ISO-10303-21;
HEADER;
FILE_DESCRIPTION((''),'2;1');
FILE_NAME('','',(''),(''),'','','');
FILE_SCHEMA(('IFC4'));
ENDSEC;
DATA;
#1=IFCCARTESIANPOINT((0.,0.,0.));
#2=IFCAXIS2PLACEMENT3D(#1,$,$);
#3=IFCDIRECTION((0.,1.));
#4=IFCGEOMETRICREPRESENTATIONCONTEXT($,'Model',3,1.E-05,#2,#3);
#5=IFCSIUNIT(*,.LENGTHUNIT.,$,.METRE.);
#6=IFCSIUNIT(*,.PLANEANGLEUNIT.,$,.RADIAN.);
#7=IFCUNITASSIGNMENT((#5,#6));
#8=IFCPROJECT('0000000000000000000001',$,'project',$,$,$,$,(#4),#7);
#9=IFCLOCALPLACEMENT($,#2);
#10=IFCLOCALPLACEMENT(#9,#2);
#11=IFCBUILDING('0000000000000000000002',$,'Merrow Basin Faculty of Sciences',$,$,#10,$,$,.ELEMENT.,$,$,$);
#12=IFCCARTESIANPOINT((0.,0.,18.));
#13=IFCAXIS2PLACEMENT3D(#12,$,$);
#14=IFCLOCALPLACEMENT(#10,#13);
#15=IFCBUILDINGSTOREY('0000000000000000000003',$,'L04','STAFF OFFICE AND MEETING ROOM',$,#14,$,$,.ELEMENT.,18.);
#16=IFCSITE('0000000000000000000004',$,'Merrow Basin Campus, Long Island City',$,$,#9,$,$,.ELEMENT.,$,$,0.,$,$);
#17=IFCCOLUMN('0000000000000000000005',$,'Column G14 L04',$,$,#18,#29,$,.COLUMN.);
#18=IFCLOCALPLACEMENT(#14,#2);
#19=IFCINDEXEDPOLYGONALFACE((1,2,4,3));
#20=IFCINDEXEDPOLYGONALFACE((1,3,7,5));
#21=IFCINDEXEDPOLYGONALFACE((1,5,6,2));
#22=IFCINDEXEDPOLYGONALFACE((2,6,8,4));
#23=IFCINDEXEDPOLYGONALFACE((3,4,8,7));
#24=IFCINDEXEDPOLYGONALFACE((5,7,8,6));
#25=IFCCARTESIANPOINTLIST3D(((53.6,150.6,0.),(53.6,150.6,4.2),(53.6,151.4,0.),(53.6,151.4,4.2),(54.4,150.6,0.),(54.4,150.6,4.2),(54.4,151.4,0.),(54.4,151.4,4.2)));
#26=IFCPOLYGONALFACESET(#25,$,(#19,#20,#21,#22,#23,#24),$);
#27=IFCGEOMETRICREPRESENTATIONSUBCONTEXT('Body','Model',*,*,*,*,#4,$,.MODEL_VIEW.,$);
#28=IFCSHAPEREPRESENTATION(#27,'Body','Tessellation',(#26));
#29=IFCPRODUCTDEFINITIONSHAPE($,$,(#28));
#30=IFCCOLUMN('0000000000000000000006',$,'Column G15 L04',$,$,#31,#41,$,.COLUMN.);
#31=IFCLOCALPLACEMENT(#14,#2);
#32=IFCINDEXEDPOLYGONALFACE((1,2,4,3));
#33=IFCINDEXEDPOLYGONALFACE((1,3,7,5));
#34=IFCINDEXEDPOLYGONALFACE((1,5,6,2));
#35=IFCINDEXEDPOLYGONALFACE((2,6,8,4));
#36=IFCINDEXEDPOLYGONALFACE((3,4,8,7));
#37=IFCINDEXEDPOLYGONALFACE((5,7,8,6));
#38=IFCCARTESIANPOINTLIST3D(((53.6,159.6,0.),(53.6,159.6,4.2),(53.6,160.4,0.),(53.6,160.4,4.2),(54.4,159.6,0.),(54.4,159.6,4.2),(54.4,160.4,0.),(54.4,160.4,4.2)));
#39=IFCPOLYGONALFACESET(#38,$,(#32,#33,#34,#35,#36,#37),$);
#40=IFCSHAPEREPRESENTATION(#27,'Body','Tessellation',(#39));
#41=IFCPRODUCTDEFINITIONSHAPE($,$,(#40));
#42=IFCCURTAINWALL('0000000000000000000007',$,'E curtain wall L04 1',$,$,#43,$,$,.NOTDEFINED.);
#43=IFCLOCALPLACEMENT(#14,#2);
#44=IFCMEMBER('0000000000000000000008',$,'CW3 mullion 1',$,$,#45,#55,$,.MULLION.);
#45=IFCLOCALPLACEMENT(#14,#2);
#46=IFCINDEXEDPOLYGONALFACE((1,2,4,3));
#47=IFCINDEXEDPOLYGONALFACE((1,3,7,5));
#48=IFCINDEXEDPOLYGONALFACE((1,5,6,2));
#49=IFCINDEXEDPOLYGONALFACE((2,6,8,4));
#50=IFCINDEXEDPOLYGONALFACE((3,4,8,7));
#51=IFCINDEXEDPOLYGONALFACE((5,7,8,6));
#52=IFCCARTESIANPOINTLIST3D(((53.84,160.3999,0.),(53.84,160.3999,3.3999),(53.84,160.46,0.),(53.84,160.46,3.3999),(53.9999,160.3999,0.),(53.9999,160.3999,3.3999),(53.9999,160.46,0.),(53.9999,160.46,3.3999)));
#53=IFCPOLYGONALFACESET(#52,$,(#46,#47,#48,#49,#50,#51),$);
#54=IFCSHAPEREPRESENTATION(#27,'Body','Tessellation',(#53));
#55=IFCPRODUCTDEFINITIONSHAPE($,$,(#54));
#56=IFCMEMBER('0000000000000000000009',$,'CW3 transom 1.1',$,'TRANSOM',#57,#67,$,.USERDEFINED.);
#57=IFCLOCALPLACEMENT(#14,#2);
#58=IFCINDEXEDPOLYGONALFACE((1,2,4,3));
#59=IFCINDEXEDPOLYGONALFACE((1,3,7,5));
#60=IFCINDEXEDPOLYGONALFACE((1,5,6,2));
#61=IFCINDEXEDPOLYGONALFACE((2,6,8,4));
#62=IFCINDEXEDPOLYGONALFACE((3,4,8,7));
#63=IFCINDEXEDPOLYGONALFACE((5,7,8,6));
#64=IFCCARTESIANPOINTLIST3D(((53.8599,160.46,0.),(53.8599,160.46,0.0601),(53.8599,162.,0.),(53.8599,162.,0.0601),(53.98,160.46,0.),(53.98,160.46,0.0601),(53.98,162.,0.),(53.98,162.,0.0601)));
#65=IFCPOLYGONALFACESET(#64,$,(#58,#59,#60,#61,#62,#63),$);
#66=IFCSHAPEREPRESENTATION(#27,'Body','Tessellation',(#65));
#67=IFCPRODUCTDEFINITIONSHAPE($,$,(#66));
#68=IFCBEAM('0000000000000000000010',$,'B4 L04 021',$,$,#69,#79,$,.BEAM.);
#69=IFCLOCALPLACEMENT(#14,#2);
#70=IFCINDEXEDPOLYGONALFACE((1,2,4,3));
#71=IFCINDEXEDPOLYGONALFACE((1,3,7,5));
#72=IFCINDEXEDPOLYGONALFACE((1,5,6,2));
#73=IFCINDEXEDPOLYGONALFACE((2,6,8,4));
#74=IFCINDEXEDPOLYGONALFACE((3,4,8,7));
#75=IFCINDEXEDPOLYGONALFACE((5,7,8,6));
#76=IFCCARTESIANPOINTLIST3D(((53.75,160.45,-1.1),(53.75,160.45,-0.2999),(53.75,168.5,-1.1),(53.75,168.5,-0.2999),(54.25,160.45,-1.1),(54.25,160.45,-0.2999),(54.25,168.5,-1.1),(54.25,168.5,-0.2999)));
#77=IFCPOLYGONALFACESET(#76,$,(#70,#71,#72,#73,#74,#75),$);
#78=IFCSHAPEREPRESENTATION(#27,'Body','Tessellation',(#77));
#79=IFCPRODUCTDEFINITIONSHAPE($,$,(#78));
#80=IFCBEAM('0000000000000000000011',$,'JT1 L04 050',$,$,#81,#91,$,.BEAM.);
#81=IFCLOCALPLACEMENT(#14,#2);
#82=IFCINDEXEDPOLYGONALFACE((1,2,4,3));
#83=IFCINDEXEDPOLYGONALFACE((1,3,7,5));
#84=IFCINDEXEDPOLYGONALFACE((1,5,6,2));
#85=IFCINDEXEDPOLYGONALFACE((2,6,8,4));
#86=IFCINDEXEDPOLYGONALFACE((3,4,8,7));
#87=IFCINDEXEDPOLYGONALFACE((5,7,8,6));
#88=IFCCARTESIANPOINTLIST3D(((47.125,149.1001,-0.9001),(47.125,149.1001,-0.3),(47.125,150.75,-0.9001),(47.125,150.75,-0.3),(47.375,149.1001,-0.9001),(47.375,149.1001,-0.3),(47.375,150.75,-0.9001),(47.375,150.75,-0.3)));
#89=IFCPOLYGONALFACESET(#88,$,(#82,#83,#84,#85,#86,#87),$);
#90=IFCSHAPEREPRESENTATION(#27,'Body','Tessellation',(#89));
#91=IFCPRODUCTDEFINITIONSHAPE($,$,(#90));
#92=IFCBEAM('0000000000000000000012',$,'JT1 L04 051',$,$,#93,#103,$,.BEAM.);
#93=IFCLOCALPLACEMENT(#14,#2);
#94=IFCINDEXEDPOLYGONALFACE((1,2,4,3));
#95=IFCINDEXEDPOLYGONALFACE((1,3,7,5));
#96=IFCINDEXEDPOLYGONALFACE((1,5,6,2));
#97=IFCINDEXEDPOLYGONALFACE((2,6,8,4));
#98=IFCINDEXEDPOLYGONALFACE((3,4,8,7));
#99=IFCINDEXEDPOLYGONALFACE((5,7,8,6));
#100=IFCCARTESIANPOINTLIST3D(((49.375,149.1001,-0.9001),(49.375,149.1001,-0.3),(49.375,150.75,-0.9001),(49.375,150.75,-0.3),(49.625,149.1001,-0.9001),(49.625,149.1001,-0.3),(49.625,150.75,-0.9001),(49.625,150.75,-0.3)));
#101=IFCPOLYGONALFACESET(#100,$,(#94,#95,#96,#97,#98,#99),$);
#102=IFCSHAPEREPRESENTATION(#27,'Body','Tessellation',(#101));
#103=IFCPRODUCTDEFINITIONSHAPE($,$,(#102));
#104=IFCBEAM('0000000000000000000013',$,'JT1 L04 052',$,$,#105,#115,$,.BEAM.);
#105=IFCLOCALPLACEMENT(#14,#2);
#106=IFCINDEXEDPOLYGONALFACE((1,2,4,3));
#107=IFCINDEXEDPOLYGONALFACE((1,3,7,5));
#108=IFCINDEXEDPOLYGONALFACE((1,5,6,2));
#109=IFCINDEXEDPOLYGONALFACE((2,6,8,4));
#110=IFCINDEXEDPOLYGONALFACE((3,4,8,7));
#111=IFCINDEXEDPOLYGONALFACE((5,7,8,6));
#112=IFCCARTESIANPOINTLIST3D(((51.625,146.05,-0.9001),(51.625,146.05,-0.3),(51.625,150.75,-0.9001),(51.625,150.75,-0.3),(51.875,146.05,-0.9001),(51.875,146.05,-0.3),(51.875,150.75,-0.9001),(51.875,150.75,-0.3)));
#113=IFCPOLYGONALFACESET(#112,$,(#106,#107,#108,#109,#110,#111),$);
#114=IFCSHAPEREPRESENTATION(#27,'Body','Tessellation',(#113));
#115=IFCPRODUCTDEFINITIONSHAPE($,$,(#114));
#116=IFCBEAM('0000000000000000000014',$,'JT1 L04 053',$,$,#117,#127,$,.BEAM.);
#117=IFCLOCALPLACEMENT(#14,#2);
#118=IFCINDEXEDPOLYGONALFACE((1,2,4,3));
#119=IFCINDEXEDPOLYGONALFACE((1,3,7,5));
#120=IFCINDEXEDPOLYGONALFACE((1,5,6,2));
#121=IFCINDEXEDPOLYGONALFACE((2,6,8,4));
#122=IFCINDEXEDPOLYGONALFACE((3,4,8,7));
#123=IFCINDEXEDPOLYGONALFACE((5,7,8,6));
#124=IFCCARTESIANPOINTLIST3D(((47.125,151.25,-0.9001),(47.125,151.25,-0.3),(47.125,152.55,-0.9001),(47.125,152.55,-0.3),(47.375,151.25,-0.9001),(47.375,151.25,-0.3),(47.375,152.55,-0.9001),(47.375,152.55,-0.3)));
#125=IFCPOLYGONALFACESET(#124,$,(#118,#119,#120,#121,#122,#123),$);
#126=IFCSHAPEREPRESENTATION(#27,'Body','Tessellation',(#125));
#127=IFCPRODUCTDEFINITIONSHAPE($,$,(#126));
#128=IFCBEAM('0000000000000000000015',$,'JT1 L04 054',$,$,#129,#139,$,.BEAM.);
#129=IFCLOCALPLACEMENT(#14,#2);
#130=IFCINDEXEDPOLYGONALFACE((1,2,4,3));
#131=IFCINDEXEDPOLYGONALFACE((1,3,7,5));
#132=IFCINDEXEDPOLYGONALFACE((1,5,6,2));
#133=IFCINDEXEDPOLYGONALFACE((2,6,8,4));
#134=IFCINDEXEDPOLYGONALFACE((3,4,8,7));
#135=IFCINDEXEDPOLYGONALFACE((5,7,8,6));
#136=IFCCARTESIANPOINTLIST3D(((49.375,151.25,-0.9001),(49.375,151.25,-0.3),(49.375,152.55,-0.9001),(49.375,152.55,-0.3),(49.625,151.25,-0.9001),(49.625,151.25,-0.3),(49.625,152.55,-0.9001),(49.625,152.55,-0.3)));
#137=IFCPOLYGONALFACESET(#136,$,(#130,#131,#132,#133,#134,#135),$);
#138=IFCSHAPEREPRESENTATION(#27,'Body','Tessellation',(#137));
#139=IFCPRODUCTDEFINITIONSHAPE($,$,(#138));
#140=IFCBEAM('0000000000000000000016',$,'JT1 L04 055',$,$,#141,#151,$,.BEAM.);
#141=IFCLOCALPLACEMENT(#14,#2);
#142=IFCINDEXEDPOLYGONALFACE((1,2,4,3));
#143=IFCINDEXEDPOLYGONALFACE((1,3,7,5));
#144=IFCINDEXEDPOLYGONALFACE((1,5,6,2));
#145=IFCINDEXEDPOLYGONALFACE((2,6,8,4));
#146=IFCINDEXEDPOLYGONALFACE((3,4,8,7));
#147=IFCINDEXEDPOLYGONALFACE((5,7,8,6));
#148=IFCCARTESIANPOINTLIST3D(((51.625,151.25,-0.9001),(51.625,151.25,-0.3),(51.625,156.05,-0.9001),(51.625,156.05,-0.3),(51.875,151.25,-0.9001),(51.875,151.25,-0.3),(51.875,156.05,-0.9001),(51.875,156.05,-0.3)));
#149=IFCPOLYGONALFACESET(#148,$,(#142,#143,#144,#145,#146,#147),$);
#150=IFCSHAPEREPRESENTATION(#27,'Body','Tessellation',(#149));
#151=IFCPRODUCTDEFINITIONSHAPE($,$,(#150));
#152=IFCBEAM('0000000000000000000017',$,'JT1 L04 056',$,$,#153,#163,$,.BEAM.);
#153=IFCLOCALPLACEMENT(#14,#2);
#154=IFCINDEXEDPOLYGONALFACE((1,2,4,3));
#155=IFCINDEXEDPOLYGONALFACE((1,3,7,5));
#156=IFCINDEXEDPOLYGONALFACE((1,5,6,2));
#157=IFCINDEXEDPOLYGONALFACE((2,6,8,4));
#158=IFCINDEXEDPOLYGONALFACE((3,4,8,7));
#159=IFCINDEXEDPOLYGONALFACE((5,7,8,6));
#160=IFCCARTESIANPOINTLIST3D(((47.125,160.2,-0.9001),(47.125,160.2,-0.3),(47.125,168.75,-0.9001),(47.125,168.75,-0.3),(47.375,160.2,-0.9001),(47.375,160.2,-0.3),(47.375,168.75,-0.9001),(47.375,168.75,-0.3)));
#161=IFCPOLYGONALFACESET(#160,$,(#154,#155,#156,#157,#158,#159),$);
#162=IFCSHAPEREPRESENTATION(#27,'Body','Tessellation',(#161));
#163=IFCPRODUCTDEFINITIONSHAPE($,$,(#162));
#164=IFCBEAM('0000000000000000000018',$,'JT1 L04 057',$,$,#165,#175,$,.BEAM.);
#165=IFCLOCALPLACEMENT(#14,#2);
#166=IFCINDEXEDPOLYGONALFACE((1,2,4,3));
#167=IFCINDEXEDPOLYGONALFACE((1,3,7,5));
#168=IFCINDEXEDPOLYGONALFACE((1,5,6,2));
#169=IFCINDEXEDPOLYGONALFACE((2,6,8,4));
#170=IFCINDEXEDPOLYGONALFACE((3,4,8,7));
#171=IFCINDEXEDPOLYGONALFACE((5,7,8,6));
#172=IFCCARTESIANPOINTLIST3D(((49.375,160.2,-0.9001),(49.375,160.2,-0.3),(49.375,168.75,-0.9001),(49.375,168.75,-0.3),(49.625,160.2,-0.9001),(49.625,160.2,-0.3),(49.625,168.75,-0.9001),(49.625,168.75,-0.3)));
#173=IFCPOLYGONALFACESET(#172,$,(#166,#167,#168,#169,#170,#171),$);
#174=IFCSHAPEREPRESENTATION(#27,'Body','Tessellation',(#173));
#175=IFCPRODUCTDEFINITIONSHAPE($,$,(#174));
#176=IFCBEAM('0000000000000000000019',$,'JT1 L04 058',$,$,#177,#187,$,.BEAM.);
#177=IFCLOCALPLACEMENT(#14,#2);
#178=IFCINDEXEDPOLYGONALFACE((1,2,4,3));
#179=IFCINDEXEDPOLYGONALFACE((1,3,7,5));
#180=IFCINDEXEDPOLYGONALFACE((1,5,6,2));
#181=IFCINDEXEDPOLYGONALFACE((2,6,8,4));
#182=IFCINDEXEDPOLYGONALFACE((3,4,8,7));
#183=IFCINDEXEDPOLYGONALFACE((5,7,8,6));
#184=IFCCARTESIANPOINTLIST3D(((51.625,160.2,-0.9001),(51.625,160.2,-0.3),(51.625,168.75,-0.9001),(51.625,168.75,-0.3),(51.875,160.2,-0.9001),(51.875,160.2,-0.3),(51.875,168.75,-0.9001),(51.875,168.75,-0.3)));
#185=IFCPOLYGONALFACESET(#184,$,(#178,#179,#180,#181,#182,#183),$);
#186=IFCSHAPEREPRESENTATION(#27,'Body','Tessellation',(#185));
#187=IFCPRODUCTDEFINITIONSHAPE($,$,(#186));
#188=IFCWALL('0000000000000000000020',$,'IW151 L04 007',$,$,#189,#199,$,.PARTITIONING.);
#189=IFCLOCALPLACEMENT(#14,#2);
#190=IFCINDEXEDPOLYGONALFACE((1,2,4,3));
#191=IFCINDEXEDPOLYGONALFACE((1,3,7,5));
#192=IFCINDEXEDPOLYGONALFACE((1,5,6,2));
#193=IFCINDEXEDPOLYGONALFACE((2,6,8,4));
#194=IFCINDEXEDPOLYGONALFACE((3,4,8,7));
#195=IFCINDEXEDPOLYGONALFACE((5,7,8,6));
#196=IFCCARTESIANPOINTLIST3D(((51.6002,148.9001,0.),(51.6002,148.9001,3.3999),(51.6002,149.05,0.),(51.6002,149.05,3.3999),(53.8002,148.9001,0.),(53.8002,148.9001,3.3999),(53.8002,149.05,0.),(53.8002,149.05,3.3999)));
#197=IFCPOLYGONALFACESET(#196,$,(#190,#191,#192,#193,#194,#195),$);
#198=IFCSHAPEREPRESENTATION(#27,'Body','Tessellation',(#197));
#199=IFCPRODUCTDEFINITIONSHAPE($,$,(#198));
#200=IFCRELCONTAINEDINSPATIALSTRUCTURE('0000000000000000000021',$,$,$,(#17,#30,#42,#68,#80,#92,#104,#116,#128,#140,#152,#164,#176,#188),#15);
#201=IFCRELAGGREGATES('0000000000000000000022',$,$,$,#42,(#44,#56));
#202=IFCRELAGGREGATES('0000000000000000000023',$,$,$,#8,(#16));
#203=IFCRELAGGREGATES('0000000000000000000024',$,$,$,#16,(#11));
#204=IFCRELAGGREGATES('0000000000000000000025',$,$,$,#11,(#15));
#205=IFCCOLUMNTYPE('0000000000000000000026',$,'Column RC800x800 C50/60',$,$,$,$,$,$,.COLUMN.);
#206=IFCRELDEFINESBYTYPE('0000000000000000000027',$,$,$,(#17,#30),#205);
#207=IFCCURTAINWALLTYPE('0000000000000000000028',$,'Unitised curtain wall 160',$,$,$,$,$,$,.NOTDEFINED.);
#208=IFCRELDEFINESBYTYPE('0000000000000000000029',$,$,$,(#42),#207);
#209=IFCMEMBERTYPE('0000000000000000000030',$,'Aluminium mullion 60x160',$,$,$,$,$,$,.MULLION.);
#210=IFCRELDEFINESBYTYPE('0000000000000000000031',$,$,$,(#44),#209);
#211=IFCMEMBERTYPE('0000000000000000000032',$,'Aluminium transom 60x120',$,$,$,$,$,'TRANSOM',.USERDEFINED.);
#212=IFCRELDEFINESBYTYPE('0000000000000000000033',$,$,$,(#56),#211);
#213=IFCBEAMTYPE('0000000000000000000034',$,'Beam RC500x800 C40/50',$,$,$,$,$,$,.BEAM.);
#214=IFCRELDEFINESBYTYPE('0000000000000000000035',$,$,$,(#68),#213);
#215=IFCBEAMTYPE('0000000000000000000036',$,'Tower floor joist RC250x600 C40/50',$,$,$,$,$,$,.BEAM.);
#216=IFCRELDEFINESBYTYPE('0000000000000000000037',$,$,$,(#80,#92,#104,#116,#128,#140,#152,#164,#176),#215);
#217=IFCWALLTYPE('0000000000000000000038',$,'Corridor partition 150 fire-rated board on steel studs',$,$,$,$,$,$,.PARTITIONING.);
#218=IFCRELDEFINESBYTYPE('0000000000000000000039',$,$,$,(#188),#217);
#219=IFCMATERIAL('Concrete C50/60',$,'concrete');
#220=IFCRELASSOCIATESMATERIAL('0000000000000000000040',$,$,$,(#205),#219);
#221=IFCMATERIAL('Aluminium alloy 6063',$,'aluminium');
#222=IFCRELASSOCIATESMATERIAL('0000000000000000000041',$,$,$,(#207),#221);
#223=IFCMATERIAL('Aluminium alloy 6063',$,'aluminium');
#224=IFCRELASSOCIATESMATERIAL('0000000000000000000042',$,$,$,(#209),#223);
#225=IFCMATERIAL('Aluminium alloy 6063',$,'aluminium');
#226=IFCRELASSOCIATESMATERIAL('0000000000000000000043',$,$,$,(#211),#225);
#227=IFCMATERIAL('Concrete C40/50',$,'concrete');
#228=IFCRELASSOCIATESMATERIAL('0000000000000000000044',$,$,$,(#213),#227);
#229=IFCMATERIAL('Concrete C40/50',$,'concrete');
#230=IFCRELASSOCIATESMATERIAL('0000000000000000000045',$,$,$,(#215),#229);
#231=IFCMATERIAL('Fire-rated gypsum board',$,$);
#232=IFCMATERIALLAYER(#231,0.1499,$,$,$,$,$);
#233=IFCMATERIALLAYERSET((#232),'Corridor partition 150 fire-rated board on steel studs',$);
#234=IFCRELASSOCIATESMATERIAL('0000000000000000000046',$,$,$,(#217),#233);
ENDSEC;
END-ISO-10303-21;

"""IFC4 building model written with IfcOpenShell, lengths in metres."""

from ifc_helpers import new_model, si_unit, direction, frame, frame_2d, origin, origin_2d, place, context, subcontext, project, spatial, rectangle, extrude, material, layer, layer_set, material_profile, profile_set, type_object, element, aggregate, save


model = new_model("IFC4")

# Units and contexts
model_context = context("Model", 3, precision=1e-05, world=origin(), true_north=direction((0.0, 1.0)))
body_context = subcontext(model_context, "Body", "Model", "MODEL_VIEW")
ifc_project = project(units=[si_unit("LENGTHUNIT", "METRE"), si_unit("PLANEANGLEUNIT", "RADIAN")], contexts=[model_context])

# Site, building, storey
site_placement = place(None, origin())
site = spatial("IfcSite", under=ifc_project, at=site_placement, Name="Merrow Basin Campus, Long Island City", CompositionType="ELEMENT", RefElevation=0.0)
building_placement = place(site_placement, origin())
building = spatial("IfcBuilding", under=site, at=building_placement, Name="Merrow Basin Faculty of Sciences", CompositionType="ELEMENT")
storey_placement = place(building_placement, frame((0.0, 0.0, 18.0)))
storey = spatial("IfcBuildingStorey", under=building, at=storey_placement, Name="L04", Description="STAFF OFFICE AND MEETING ROOM", CompositionType="ELEMENT", Elevation=18.0)

# Columns
ifc_material_1 = material(Name="Concrete C50/60", Category="concrete")
ifc_material_profile_1 = material_profile(ifc_material_1, rectangle(XDim=0.8, YDim=0.8, at=origin_2d()))
ifc_profile_set_1 = profile_set([ifc_material_profile_1], Name="Concrete C50/60")
column_type = type_object("IfcColumnType", Name="Column RC800x800 C50/60", PredefinedType="COLUMN", material=ifc_profile_set_1)
for number, where, z_axis, x_axis, name in (
    (1, (54.0, 151.0, 0.0), (0.0, 0.0, 1.0), (1.0, 0.0, 0.0), "Column G14 L04"),
    (2, (54.0, 160.0, 0.0), (0.0, 0.0, 1.0), (1.0, 0.0, 0.0), "Column G15 L04"),
):
    element("IfcColumn", number, at=place(storey_placement, frame(where, z_axis=z_axis, x_axis=x_axis)), inside=storey, type_object=column_type, Name=name, PredefinedType="COLUMN", context=body_context, shape_type="SweptSolid", body=[
        extrude(rectangle(XDim=0.8, YDim=0.8, at=origin_2d()), origin(), (0.0, 0.0, 1.0), 4.2),
    ])

# Curtain wall, members
ifc_material_2 = material(Name="Aluminium alloy 6063", Category="aluminium")
curtain_wall_type = type_object("IfcCurtainWallType", Name="Unitised curtain wall 160", PredefinedType="NOTDEFINED", material=ifc_material_2)
curtain_wall_placement = place(storey_placement, origin())
curtain_wall = element("IfcCurtainWall", 3, at=curtain_wall_placement, inside=storey, type_object=curtain_wall_type, Name="E curtain wall L04 1", PredefinedType="NOTDEFINED")
ifc_material_3 = material(Name="Aluminium alloy 6063", Category="aluminium")
ifc_material_profile_2 = material_profile(ifc_material_3, rectangle(XDim=0.1599, YDim=0.0601, at=origin_2d()))
ifc_profile_set_2 = profile_set([ifc_material_profile_2], Name="Aluminium alloy 6063")
member_type_1 = type_object("IfcMemberType", Name="Aluminium mullion 60x160", PredefinedType="MULLION", material=ifc_profile_set_2)
member_1_placement = place(storey_placement, frame((53.9199, 160.4299, 0.0), z_axis=(0.0, 0.0, 1.0), x_axis=(-1.0, 0.0, 0.0)))
member_1 = element("IfcMember", 4, at=member_1_placement, type_object=member_type_1, Name="CW3 mullion 1", PredefinedType="MULLION", context=body_context, shape_type="SweptSolid", body=[
    extrude(rectangle(XDim=0.1599, YDim=0.0601, at=origin_2d()), origin(), (0.0, 0.0, 1.0), 3.3999),
])
ifc_material_4 = material(Name="Aluminium alloy 6063", Category="aluminium")
ifc_material_profile_3 = material_profile(ifc_material_4, rectangle(XDim=0.1201, YDim=0.0601, at=origin_2d()))
ifc_profile_set_3 = profile_set([ifc_material_profile_3], Name="Aluminium alloy 6063")
member_type_2 = type_object("IfcMemberType", Name="Aluminium transom 60x120", ElementType="TRANSOM", PredefinedType="USERDEFINED", material=ifc_profile_set_3)
member_2_placement = place(storey_placement, frame((53.9199, 160.46, 0.03), z_axis=(0.0, 1.0, 0.0), x_axis=(-1.0, 0.0, 0.0)))
member_2 = element("IfcMember", 5, at=member_2_placement, type_object=member_type_2, Name="CW3 transom 1.1", ObjectType="TRANSOM", PredefinedType="USERDEFINED", context=body_context, shape_type="SweptSolid", body=[
    extrude(rectangle(XDim=0.1201, YDim=0.0601, at=origin_2d()), origin(), (0.0, 0.0, 1.0), 1.54),
])
aggregate(curtain_wall, [member_1, member_2])

# Beams
ifc_material_5 = material(Name="Concrete C40/50", Category="concrete")
ifc_material_profile_4 = material_profile(ifc_material_5, rectangle(XDim=0.5, YDim=0.8, at=origin_2d()))
ifc_profile_set_4 = profile_set([ifc_material_profile_4], Name="Concrete C40/50")
beam_type_1 = type_object("IfcBeamType", Name="Beam RC500x800 C40/50", PredefinedType="BEAM", material=ifc_profile_set_4)
beam_1_placement = place(storey_placement, frame((54.0, 160.45, -0.7), z_axis=(0.0, 1.0, 0.0), x_axis=(-1.0, 0.0, 0.0)))
element("IfcBeam", 6, at=beam_1_placement, inside=storey, type_object=beam_type_1, Name="B4 L04 021", PredefinedType="BEAM", context=body_context, shape_type="SweptSolid", body=[
    extrude(rectangle(XDim=0.5, YDim=0.8, at=origin_2d()), origin(), (0.0, 0.0, 1.0), 8.05),
])
ifc_material_6 = material(Name="Concrete C40/50", Category="concrete")
ifc_material_profile_5 = material_profile(ifc_material_6, rectangle(XDim=0.25, YDim=0.6001, at=origin_2d()))
ifc_profile_set_5 = profile_set([ifc_material_profile_5], Name="Concrete C40/50")
beam_type_2 = type_object("IfcBeamType", Name="Tower floor joist RC250x600 C40/50", PredefinedType="BEAM", material=ifc_profile_set_5)
for number, where, z_axis, x_axis, name in (
    (7, (47.25, 149.1001, -0.6001), (0.0, 1.0, 0.0), (-1.0, 0.0, 0.0), "JT1 L04 050"),
    (8, (49.5, 149.1001, -0.6001), (0.0, 1.0, 0.0), (-1.0, 0.0, 0.0), "JT1 L04 051"),
):
    element("IfcBeam", number, at=place(storey_placement, frame(where, z_axis=z_axis, x_axis=x_axis)), inside=storey, type_object=beam_type_2, Name=name, PredefinedType="BEAM", context=body_context, shape_type="SweptSolid", body=[
        extrude(rectangle(XDim=0.25, YDim=0.6001, at=origin_2d()), origin(), (0.0, 0.0, 1.0), 1.6499),
    ])
beam_2_placement = place(storey_placement, frame((51.75, 146.05, -0.6001), z_axis=(0.0, 1.0, 0.0), x_axis=(-1.0, 0.0, 0.0)))
element("IfcBeam", 9, at=beam_2_placement, inside=storey, type_object=beam_type_2, Name="JT1 L04 052", PredefinedType="BEAM", context=body_context, shape_type="SweptSolid", body=[
    extrude(rectangle(XDim=0.25, YDim=0.6001, at=origin_2d()), origin(), (0.0, 0.0, 1.0), 4.7),
])
for number, where, z_axis, x_axis, name in (
    (10, (47.25, 151.25, -0.6001), (0.0, 1.0, 0.0), (-1.0, 0.0, 0.0), "JT1 L04 053"),
    (11, (49.5, 151.25, -0.6001), (0.0, 1.0, 0.0), (-1.0, 0.0, 0.0), "JT1 L04 054"),
):
    element("IfcBeam", number, at=place(storey_placement, frame(where, z_axis=z_axis, x_axis=x_axis)), inside=storey, type_object=beam_type_2, Name=name, PredefinedType="BEAM", context=body_context, shape_type="SweptSolid", body=[
        extrude(rectangle(XDim=0.25, YDim=0.6001, at=origin_2d()), origin(), (0.0, 0.0, 1.0), 1.3),
    ])
beam_3_placement = place(storey_placement, frame((51.75, 151.25, -0.6001), z_axis=(0.0, 1.0, 0.0), x_axis=(-1.0, 0.0, 0.0)))
element("IfcBeam", 12, at=beam_3_placement, inside=storey, type_object=beam_type_2, Name="JT1 L04 055", PredefinedType="BEAM", context=body_context, shape_type="SweptSolid", body=[
    extrude(rectangle(XDim=0.25, YDim=0.6001, at=origin_2d()), origin(), (0.0, 0.0, 1.0), 4.8),
])
for number, where, z_axis, x_axis, name in (
    (13, (47.25, 160.2, -0.6001), (0.0, 1.0, 0.0), (-1.0, 0.0, 0.0), "JT1 L04 056"),
    (14, (49.5, 160.2, -0.6001), (0.0, 1.0, 0.0), (-1.0, 0.0, 0.0), "JT1 L04 057"),
    (15, (51.75, 160.2, -0.6001), (0.0, 1.0, 0.0), (-1.0, 0.0, 0.0), "JT1 L04 058"),
):
    element("IfcBeam", number, at=place(storey_placement, frame(where, z_axis=z_axis, x_axis=x_axis)), inside=storey, type_object=beam_type_2, Name=name, PredefinedType="BEAM", context=body_context, shape_type="SweptSolid", body=[
        extrude(rectangle(XDim=0.25, YDim=0.6001, at=origin_2d()), origin(), (0.0, 0.0, 1.0), 8.55),
    ])

# Wall
ifc_material_7 = material(Name="Fire-rated gypsum board")
ifc_layer_1 = layer(ifc_material_7, 0.1499)
ifc_layer_set_1 = layer_set([ifc_layer_1], Name="Corridor partition 150 fire-rated board on steel studs")
wall_type_1 = type_object("IfcWallType", Name="Corridor partition 150 fire-rated board on steel studs", PredefinedType="PARTITIONING", material=ifc_layer_set_1)
for number, where, z_axis, x_axis, name in (
    (16, (51.6001, 148.9751, 0.0), (0.0, 0.0, 1.0), (1.0, 0.0, 0.0), "IW151 L04 007"),
):
    element("IfcWall", number, at=place(storey_placement, frame(where, z_axis=z_axis, x_axis=x_axis)), inside=storey, type_object=wall_type_1, Name=name, PredefinedType="PARTITIONING", context=body_context, shape_type="SweptSolid", body=[
        extrude(rectangle(XDim=2.2, YDim=0.1499, at=frame_2d((1.1001, 0.0))), origin(), (0.0, 0.0, 1.0), 3.3999),
    ])

save(model, "model.ifc")
